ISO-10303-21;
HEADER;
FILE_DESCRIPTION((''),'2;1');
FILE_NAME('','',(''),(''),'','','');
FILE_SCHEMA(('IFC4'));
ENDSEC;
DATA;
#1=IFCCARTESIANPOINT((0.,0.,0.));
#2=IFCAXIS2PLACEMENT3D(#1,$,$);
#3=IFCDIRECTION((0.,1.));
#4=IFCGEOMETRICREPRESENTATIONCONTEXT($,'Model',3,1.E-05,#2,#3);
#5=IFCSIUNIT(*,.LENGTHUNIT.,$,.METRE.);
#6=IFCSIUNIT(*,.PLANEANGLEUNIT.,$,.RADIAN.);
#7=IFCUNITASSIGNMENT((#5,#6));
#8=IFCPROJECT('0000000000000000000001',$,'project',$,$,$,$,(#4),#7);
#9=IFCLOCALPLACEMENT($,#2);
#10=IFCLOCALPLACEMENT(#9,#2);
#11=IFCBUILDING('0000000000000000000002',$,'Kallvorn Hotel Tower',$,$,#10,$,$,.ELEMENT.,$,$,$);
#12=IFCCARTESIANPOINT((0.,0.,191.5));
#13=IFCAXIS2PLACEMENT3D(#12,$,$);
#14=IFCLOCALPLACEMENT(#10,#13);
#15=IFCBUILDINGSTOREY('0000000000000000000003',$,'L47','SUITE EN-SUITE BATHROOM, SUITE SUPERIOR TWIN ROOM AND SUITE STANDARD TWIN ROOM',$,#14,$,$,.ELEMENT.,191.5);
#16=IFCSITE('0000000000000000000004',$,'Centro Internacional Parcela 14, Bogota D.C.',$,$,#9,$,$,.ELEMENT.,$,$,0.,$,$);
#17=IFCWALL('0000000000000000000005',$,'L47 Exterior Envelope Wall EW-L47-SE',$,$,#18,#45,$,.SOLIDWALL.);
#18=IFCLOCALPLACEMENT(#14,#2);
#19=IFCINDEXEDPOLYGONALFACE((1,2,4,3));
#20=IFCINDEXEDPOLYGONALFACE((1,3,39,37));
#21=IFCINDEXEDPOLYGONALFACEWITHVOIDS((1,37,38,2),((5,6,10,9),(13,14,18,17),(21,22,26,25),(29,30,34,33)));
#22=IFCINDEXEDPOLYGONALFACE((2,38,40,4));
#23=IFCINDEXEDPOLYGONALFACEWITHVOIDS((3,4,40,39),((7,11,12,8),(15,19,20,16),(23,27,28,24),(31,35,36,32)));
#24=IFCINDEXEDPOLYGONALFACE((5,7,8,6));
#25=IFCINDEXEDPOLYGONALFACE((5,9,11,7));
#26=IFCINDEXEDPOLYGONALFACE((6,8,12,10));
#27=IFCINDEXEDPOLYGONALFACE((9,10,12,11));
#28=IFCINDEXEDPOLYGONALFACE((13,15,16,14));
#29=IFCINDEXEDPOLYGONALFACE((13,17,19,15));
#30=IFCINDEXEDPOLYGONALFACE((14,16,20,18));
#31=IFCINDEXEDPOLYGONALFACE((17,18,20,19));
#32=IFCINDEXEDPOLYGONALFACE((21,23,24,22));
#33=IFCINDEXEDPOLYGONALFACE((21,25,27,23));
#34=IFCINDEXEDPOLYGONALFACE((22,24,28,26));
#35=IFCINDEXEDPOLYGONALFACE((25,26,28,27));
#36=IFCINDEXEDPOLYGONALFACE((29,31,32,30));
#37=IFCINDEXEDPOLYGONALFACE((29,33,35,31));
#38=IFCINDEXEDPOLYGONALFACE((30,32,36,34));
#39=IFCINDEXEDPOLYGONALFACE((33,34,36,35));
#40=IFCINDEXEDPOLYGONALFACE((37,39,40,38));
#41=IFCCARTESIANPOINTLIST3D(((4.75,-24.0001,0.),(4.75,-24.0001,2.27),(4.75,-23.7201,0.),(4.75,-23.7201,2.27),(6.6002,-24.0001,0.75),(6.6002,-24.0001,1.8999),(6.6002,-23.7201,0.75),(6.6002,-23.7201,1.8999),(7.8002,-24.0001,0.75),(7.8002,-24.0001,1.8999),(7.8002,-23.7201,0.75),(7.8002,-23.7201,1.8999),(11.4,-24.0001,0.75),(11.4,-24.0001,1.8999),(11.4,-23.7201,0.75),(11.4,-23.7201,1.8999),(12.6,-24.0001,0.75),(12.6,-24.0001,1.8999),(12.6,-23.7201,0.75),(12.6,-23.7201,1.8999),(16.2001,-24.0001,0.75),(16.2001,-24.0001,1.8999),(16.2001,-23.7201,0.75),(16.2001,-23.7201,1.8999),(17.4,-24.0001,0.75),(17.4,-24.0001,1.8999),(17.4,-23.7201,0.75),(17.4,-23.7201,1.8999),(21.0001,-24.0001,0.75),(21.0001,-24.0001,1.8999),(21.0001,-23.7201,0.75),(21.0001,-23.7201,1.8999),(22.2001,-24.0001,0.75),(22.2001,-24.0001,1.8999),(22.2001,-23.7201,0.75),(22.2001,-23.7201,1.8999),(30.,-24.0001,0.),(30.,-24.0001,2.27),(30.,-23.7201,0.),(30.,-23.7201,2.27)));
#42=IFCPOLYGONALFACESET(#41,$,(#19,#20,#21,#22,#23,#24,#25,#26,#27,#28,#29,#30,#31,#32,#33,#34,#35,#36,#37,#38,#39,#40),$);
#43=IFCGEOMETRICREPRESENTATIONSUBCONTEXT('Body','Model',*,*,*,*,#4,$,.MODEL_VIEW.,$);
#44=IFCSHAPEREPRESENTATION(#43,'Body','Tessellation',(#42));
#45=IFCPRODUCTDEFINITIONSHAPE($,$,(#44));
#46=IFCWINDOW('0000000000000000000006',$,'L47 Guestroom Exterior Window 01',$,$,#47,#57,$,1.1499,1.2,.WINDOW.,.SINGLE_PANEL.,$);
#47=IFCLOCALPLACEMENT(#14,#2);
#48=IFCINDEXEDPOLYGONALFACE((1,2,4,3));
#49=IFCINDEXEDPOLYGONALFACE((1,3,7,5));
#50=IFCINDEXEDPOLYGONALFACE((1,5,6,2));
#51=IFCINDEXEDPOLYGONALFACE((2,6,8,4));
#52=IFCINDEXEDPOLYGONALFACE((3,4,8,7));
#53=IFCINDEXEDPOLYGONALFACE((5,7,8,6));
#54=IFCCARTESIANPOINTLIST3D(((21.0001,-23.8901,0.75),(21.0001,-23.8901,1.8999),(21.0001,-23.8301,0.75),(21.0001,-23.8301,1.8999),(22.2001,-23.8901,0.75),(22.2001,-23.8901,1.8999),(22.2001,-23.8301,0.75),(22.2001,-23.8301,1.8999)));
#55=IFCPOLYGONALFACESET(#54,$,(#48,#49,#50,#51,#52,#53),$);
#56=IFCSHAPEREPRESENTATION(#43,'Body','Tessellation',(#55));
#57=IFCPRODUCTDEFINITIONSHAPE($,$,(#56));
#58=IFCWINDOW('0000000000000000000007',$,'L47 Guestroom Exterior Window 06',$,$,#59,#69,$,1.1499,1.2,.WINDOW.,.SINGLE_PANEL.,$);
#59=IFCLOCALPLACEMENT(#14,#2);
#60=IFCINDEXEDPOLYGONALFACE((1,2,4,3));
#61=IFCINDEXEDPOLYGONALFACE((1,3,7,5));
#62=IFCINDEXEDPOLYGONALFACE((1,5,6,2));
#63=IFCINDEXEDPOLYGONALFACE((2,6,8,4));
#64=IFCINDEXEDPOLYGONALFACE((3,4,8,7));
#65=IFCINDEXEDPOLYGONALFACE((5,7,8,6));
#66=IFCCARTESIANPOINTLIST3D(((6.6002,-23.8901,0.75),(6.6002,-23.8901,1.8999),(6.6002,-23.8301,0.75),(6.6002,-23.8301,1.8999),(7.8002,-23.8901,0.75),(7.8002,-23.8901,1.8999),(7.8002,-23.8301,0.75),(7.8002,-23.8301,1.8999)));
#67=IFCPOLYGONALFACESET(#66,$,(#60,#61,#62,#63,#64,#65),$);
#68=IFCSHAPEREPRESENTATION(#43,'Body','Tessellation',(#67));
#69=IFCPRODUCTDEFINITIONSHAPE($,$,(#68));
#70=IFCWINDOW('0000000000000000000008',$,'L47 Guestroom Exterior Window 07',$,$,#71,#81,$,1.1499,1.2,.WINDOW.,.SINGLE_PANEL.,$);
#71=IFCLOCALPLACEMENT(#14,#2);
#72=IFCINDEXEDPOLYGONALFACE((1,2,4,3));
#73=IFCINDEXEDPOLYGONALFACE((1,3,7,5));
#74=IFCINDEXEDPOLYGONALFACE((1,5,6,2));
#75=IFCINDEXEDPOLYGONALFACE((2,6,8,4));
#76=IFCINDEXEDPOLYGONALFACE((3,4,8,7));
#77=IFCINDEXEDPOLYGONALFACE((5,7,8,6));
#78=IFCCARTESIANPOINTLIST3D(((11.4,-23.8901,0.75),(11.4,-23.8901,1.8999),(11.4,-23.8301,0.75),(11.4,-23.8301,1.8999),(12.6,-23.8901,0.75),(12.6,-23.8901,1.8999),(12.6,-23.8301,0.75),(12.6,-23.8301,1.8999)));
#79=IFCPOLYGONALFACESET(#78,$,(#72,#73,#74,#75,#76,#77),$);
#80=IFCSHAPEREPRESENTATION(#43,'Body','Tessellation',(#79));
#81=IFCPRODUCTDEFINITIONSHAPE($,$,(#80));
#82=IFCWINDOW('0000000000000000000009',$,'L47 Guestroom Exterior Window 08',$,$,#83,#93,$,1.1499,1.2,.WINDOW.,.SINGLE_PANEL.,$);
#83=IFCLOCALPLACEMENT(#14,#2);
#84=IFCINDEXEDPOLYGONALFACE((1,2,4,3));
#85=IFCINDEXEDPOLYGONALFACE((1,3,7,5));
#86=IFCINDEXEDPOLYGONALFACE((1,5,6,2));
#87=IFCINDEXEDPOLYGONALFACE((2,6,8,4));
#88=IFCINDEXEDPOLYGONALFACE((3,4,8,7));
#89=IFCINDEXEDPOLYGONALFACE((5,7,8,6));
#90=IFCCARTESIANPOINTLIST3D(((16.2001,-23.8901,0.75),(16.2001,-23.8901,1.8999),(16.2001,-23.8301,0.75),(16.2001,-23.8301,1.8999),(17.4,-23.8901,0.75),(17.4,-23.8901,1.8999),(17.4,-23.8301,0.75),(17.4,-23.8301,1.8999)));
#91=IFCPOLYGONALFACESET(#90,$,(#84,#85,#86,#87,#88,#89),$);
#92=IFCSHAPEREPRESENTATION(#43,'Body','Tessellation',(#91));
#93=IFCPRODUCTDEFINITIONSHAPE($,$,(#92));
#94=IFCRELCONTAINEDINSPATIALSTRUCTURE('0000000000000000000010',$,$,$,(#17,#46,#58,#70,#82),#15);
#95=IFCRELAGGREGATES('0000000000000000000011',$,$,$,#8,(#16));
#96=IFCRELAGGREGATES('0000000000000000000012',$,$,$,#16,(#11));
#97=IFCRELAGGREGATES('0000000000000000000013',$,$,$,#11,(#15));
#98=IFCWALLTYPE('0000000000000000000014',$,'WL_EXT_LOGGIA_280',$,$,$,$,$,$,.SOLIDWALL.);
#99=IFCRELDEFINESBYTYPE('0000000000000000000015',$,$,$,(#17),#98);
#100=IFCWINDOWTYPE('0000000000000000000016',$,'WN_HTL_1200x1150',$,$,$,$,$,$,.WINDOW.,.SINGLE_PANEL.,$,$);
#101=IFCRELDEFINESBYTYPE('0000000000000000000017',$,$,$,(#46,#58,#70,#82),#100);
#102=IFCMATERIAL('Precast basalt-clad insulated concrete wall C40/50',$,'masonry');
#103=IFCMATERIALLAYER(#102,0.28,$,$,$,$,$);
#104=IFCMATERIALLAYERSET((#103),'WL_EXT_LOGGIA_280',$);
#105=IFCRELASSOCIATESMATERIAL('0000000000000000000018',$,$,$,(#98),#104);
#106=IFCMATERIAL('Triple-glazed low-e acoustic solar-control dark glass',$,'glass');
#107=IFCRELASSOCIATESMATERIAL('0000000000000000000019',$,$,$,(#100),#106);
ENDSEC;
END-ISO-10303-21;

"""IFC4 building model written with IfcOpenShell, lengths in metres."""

from ifc_helpers import new_model, si_unit, direction, frame, frame_2d, origin, place, context, subcontext, project, spatial, rectangle, extrude, material, layer, layer_set, type_object, element, fill, save


model = new_model("IFC4")

# Units and contexts
model_context = context("Model", 3, precision=1e-05, world=origin(), true_north=direction((0.0, 1.0)))
body_context = subcontext(model_context, "Body", "Model", "MODEL_VIEW")
ifc_project = project(units=[si_unit("LENGTHUNIT", "METRE"), si_unit("PLANEANGLEUNIT", "RADIAN")], contexts=[model_context])

# Site, building, storey
site_placement = place(None, origin())
site = spatial("IfcSite", under=ifc_project, at=site_placement, Name="Centro Internacional Parcela 14, Bogota D.C.", CompositionType="ELEMENT", RefElevation=0.0)
building_placement = place(site_placement, origin())
building = spatial("IfcBuilding", under=site, at=building_placement, Name="Kallvorn Hotel Tower", CompositionType="ELEMENT")
storey_placement = place(building_placement, frame((0.0, 0.0, 191.5)))
storey = spatial("IfcBuildingStorey", under=building, at=storey_placement, Name="L47", Description="SUITE EN-SUITE BATHROOM, SUITE SUPERIOR TWIN ROOM AND SUITE STANDARD TWIN ROOM", CompositionType="ELEMENT", Elevation=191.5)

# Wall, openings, windows
ifc_material_1 = material(Name="Precast basalt-clad insulated concrete wall C40/50", Category="masonry")
ifc_layer_1 = layer(ifc_material_1, 0.28)
ifc_layer_set_1 = layer_set([ifc_layer_1], Name="WL_EXT_LOGGIA_280")
wall_type_1 = type_object("IfcWallType", Name="WL_EXT_LOGGIA_280", PredefinedType="SOLIDWALL", material=ifc_layer_set_1)
wall_placement = place(storey_placement, frame((4.75, -23.8601, 0.0), z_axis=(0.0, 0.0, 1.0), x_axis=(1.0, 0.0, 0.0)))
wall = element("IfcWall", 1, at=wall_placement, inside=storey, type_object=wall_type_1, Name="L47 Exterior Envelope Wall EW-L47-SE", PredefinedType="SOLIDWALL", context=body_context, shape_type="SweptSolid", body=[
    extrude(rectangle(XDim=25.25, YDim=0.28, at=frame_2d((12.625, 0.0))), origin(), (0.0, 0.0, 1.0), 2.27),
])
opening_1_placement = place(wall_placement, frame((16.25, 0.0, 0.75)))
opening_1 = element("IfcOpeningElement", 2, at=opening_1_placement, cuts=wall, PredefinedType="OPENING", context=body_context, shape_type="SweptSolid", body=[
    extrude(rectangle(XDim=1.2, YDim=1.1499, at=frame_2d((0.6001, 0.575))), frame((0.0, 0.155, 0.0), z_axis=(0.0, -1.0, 0.0), x_axis=(1.0, 0.0, 0.0)), (0.0, 0.0, 1.0), 0.3101),
])
opening_2_placement = place(wall_placement, frame((1.8501, 0.0, 0.75)))
opening_2 = element("IfcOpeningElement", 3, at=opening_2_placement, cuts=wall, PredefinedType="OPENING", context=body_context, shape_type="SweptSolid", body=[
    extrude(rectangle(XDim=1.2, YDim=1.1499, at=frame_2d((0.6001, 0.575))), frame((0.0, 0.155, 0.0), z_axis=(0.0, -1.0, 0.0), x_axis=(1.0, 0.0, 0.0)), (0.0, 0.0, 1.0), 0.3101),
])
opening_3_placement = place(wall_placement, frame((6.6499, 0.0, 0.75)))
opening_3 = element("IfcOpeningElement", 4, at=opening_3_placement, cuts=wall, PredefinedType="OPENING", context=body_context, shape_type="SweptSolid", body=[
    extrude(rectangle(XDim=1.2, YDim=1.1499, at=frame_2d((0.6001, 0.575))), frame((0.0, 0.155, 0.0), z_axis=(0.0, -1.0, 0.0), x_axis=(1.0, 0.0, 0.0)), (0.0, 0.0, 1.0), 0.3101),
])
opening_4_placement = place(wall_placement, frame((11.45, 0.0, 0.75)))
opening_4 = element("IfcOpeningElement", 5, at=opening_4_placement, cuts=wall, PredefinedType="OPENING", context=body_context, shape_type="SweptSolid", body=[
    extrude(rectangle(XDim=1.2, YDim=1.1499, at=frame_2d((0.6001, 0.575))), frame((0.0, 0.155, 0.0), z_axis=(0.0, -1.0, 0.0), x_axis=(1.0, 0.0, 0.0)), (0.0, 0.0, 1.0), 0.3101),
])
ifc_material_2 = material(Name="Triple-glazed low-e acoustic solar-control dark glass", Category="glass")
window_type = type_object("IfcWindowType", Name="WN_HTL_1200x1150", PartitioningType="SINGLE_PANEL", PredefinedType="WINDOW", material=ifc_material_2)
window_1_placement = place(opening_1_placement, origin())
window_1 = element("IfcWindow", 6, at=window_1_placement, inside=storey, type_object=window_type, Name="L47 Guestroom Exterior Window 01", OverallHeight=1.1499, OverallWidth=1.2, PartitioningType="SINGLE_PANEL", PredefinedType="WINDOW", context=body_context, shape_type="SweptSolid", body=[
    extrude(rectangle(XDim=1.2, YDim=1.1499, at=frame_2d((0.6001, 0.575))), frame((0.0, 0.03, 0.0), z_axis=(0.0, -1.0, 0.0), x_axis=(1.0, 0.0, 0.0)), (0.0, 0.0, 1.0), 0.0601),
])
fill(opening_1, window_1)
window_2_placement = place(opening_2_placement, origin())
window_2 = element("IfcWindow", 7, at=window_2_placement, inside=storey, type_object=window_type, Name="L47 Guestroom Exterior Window 06", OverallHeight=1.1499, OverallWidth=1.2, PartitioningType="SINGLE_PANEL", PredefinedType="WINDOW", context=body_context, shape_type="SweptSolid", body=[
    extrude(rectangle(XDim=1.2, YDim=1.1499, at=frame_2d((0.6001, 0.575))), frame((0.0, 0.03, 0.0), z_axis=(0.0, -1.0, 0.0), x_axis=(1.0, 0.0, 0.0)), (0.0, 0.0, 1.0), 0.0601),
])
fill(opening_2, window_2)
window_3_placement = place(opening_3_placement, origin())
window_3 = element("IfcWindow", 8, at=window_3_placement, inside=storey, type_object=window_type, Name="L47 Guestroom Exterior Window 07", OverallHeight=1.1499, OverallWidth=1.2, PartitioningType="SINGLE_PANEL", PredefinedType="WINDOW", context=body_context, shape_type="SweptSolid", body=[
    extrude(rectangle(XDim=1.2, YDim=1.1499, at=frame_2d((0.6001, 0.575))), frame((0.0, 0.03, 0.0), z_axis=(0.0, -1.0, 0.0), x_axis=(1.0, 0.0, 0.0)), (0.0, 0.0, 1.0), 0.0601),
])
fill(opening_3, window_3)
window_4_placement = place(opening_4_placement, origin())
window_4 = element("IfcWindow", 9, at=window_4_placement, inside=storey, type_object=window_type, Name="L47 Guestroom Exterior Window 08", OverallHeight=1.1499, OverallWidth=1.2, PartitioningType="SINGLE_PANEL", PredefinedType="WINDOW", context=body_context, shape_type="SweptSolid", body=[
    extrude(rectangle(XDim=1.2, YDim=1.1499, at=frame_2d((0.6001, 0.575))), frame((0.0, 0.03, 0.0), z_axis=(0.0, -1.0, 0.0), x_axis=(1.0, 0.0, 0.0)), (0.0, 0.0, 1.0), 0.0601),
])
fill(opening_4, window_4)

save(model, "model.ifc")
